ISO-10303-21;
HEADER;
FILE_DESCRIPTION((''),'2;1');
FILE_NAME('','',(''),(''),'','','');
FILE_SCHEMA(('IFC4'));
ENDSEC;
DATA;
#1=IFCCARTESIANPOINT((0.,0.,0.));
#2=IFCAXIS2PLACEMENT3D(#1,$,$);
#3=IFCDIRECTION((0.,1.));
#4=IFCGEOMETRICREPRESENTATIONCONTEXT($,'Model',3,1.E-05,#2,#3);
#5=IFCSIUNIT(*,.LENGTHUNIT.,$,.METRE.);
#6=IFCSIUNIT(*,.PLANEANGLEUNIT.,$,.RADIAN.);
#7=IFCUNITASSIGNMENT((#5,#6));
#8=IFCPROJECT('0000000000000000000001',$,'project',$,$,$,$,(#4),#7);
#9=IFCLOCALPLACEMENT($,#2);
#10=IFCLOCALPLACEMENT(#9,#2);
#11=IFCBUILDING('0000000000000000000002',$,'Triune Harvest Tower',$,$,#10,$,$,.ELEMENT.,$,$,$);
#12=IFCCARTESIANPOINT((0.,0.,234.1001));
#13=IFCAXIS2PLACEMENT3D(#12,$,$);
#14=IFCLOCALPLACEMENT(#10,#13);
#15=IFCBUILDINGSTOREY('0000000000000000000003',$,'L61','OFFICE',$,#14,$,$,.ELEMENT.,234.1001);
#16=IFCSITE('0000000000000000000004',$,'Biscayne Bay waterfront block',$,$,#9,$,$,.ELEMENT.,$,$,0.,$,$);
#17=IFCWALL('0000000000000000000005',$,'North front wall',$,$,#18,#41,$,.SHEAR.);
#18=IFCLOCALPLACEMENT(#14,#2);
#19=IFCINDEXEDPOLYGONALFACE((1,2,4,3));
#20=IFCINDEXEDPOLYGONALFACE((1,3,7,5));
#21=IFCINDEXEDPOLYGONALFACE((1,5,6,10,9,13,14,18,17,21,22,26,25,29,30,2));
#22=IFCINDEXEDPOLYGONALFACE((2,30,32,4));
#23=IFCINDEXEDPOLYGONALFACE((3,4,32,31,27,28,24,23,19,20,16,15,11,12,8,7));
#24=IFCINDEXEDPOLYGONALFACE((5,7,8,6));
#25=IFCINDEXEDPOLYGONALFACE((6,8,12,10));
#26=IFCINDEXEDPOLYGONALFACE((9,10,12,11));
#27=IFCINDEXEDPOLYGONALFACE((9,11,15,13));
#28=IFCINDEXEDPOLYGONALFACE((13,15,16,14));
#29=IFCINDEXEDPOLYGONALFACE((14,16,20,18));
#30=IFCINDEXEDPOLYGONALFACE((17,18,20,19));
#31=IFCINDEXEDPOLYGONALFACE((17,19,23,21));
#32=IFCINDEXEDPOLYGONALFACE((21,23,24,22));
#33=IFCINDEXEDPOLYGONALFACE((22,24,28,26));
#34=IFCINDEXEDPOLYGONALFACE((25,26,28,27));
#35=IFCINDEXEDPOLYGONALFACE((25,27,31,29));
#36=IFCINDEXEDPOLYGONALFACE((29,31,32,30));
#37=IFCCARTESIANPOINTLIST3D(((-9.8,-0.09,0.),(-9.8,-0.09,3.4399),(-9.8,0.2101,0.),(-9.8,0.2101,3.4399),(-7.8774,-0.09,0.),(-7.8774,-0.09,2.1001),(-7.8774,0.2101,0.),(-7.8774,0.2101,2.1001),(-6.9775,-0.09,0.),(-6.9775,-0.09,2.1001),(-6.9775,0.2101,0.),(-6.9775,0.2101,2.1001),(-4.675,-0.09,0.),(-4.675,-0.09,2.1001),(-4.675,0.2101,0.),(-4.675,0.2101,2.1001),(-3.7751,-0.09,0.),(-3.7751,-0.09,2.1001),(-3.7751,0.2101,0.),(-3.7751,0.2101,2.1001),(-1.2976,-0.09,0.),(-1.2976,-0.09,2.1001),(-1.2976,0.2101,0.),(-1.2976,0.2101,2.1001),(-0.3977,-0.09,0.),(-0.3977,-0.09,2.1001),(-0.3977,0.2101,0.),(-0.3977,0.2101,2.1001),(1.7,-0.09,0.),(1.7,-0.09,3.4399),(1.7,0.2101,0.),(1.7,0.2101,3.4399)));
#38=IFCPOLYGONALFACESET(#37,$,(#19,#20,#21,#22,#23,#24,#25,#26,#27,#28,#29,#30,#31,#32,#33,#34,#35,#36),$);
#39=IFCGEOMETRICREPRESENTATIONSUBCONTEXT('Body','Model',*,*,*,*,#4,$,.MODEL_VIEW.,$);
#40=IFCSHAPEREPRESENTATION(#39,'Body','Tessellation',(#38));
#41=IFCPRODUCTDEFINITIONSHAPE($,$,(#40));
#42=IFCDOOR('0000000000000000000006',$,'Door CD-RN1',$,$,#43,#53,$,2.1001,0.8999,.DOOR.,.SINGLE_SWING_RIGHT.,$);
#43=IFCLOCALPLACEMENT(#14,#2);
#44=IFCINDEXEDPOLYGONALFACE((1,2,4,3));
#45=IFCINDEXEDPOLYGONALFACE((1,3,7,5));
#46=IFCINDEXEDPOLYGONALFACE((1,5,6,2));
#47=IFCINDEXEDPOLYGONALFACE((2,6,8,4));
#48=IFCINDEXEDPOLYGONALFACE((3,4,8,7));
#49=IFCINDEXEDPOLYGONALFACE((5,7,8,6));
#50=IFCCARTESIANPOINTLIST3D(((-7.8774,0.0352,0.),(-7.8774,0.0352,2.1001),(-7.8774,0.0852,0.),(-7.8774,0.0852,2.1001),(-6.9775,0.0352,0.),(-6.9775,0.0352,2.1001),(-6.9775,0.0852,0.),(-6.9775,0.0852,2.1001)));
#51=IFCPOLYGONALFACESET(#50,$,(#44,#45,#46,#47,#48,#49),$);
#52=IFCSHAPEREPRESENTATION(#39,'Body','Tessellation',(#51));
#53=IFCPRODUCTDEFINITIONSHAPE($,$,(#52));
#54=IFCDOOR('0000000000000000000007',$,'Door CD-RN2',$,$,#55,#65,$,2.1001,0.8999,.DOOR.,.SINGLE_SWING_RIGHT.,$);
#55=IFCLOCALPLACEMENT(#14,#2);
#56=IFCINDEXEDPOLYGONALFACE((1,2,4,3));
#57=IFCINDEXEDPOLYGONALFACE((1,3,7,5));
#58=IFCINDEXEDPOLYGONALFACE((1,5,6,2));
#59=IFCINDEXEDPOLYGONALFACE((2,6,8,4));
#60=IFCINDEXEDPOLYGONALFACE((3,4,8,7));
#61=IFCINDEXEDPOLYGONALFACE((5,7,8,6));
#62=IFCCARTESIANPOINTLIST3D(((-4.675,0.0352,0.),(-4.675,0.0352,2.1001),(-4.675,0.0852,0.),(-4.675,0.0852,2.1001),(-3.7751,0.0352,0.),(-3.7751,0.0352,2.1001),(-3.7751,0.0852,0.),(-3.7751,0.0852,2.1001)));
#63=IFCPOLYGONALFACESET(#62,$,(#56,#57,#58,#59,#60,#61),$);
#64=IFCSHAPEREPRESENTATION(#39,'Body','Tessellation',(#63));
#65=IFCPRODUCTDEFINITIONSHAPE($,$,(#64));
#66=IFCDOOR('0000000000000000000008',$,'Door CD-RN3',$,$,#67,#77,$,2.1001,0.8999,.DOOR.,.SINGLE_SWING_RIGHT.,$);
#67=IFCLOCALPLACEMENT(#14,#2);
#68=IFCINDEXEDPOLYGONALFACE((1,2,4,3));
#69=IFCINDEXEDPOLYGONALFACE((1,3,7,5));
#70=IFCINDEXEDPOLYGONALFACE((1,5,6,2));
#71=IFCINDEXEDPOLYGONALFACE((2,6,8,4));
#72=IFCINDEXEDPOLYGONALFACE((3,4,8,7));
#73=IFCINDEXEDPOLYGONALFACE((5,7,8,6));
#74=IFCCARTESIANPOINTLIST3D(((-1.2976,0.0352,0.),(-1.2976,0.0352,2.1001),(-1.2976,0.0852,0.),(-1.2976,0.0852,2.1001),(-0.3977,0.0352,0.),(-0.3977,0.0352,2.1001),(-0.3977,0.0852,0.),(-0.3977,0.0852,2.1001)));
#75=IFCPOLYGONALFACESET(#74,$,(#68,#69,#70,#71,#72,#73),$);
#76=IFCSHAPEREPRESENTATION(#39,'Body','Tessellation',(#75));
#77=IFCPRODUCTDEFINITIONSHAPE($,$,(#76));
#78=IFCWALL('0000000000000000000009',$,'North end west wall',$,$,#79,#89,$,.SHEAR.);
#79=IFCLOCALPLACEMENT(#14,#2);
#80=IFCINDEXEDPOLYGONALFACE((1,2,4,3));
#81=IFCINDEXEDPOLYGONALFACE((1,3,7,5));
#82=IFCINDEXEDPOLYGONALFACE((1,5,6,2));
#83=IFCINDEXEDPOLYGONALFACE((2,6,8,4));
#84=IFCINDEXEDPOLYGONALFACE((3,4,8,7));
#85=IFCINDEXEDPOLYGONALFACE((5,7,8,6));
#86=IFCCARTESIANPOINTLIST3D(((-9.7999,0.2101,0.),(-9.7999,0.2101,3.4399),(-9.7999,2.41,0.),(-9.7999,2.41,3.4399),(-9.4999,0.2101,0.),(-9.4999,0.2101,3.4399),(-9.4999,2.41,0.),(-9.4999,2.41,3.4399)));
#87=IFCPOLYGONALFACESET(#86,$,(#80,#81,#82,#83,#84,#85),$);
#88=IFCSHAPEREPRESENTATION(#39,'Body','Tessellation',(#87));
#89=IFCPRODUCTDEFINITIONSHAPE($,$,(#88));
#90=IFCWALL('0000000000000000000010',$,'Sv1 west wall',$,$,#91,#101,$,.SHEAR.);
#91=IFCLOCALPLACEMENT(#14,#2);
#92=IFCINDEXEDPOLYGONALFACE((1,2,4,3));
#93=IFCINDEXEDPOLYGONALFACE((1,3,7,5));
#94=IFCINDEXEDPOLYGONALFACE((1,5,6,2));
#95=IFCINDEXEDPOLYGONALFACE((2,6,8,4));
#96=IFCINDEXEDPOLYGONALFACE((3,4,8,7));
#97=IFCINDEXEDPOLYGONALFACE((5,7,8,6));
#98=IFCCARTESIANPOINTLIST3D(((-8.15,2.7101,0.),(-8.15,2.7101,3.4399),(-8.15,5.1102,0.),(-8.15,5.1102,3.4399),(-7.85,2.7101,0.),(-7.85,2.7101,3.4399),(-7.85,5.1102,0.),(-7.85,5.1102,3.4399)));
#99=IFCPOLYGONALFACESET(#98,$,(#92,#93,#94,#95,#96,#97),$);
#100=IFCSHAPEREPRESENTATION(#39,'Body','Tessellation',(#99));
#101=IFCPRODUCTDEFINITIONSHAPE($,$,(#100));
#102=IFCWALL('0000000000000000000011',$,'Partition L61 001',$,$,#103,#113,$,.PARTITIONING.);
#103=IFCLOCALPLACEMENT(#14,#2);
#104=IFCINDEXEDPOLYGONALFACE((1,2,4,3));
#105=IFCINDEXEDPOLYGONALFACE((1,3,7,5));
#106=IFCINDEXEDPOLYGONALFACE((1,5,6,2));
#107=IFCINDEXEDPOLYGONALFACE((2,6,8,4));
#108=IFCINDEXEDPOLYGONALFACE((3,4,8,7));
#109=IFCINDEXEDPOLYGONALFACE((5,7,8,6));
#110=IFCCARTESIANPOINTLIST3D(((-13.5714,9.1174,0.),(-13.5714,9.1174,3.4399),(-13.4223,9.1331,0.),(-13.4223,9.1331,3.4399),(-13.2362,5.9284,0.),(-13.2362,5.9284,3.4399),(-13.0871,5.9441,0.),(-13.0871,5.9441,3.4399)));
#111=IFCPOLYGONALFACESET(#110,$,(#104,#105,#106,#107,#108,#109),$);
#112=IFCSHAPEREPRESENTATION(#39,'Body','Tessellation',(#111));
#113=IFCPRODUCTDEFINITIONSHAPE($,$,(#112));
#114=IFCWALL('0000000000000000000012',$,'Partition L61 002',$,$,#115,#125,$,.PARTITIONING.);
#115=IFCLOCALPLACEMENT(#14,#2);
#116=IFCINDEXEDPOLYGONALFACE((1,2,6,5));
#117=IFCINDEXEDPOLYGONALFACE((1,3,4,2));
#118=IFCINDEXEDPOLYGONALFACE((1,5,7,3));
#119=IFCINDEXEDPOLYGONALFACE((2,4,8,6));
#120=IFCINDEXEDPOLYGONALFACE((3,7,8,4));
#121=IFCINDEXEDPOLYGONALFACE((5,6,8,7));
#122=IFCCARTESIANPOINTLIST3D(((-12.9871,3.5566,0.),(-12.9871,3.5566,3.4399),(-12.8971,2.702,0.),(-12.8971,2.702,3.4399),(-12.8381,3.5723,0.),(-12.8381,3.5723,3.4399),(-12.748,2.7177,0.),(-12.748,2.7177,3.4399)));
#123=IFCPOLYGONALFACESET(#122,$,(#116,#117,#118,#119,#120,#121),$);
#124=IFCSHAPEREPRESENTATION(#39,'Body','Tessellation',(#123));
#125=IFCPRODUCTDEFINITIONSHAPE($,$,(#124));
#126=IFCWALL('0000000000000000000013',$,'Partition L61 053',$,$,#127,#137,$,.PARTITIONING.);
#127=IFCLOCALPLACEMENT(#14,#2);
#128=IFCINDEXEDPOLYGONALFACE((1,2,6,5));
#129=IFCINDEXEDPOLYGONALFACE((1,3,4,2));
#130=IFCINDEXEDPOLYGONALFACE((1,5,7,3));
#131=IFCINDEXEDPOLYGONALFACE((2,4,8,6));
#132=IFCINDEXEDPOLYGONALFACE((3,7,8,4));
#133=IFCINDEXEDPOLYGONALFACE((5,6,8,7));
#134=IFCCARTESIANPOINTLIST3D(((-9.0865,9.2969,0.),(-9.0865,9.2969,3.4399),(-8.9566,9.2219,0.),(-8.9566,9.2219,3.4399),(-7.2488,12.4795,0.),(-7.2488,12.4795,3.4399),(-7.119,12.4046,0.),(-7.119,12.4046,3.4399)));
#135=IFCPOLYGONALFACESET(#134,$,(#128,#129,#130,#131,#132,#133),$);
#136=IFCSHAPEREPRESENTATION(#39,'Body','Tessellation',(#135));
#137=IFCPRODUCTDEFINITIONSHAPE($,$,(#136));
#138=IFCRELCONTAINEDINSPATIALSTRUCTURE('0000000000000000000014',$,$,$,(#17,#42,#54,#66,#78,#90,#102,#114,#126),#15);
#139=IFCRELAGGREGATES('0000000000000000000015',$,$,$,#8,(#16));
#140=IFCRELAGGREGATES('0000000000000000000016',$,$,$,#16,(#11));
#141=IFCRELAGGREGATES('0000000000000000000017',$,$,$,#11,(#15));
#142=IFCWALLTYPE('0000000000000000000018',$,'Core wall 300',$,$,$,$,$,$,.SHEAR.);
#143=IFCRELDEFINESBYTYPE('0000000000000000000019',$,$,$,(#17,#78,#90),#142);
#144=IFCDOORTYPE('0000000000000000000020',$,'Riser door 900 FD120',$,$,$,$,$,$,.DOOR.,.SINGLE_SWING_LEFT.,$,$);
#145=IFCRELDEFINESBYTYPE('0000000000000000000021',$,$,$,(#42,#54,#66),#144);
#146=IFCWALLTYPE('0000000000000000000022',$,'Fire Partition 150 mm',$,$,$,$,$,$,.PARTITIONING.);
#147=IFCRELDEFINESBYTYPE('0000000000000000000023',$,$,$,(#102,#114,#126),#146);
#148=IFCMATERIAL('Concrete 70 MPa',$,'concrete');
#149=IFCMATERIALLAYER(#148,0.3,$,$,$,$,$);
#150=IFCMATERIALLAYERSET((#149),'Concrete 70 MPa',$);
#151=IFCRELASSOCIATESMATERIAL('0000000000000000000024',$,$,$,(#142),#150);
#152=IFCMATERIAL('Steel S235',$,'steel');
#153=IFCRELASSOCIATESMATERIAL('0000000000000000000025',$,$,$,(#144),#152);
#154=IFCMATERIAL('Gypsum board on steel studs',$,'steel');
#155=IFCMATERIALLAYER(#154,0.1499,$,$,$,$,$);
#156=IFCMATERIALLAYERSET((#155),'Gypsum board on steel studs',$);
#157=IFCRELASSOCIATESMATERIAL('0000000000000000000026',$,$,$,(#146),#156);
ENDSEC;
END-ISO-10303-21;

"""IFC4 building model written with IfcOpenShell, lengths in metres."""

from ifc_helpers import new_model, si_unit, direction, frame, frame_2d, origin, place, context, subcontext, project, spatial, rectangle, extrude, source, transform, mapped, material, layer, layer_set, type_object, element, fill, save


model = new_model("IFC4")

# Units and contexts
model_context = context("Model", 3, precision=1e-05, world=origin(), true_north=direction((0.0, 1.0)))
body_context = subcontext(model_context, "Body", "Model", "MODEL_VIEW")
ifc_project = project(units=[si_unit("LENGTHUNIT", "METRE"), si_unit("PLANEANGLEUNIT", "RADIAN")], contexts=[model_context])

# Site, building, storey
site_placement = place(None, origin())
site = spatial("IfcSite", under=ifc_project, at=site_placement, Name="Biscayne Bay waterfront block", CompositionType="ELEMENT", RefElevation=0.0)
building_placement = place(site_placement, origin())
building = spatial("IfcBuilding", under=site, at=building_placement, Name="Triune Harvest Tower", CompositionType="ELEMENT")
storey_placement = place(building_placement, frame((0.0, 0.0, 234.1001)))
storey = spatial("IfcBuildingStorey", under=building, at=storey_placement, Name="L61", Description="OFFICE", CompositionType="ELEMENT", Elevation=234.1001)

# Wall, openings, doors
ifc_material_1 = material(Name="Concrete 70 MPa", Category="concrete")
ifc_layer_1 = layer(ifc_material_1, 0.3)
ifc_layer_set_1 = layer_set([ifc_layer_1], Name="Concrete 70 MPa")
wall_type_1 = type_object("IfcWallType", Name="Core wall 300", PredefinedType="SHEAR", material=ifc_layer_set_1)
shared_shape_1 = source(origin(), body_context, "Body", "SweptSolid", [
    extrude(rectangle(XDim=11.5, YDim=0.3, at=frame_2d((5.75, 0.0))), origin(), (0.0, 0.0, 1.0), 3.4399),
])
wall_1_placement = place(storey_placement, frame((-9.8, 0.0601, 0.0), z_axis=(0.0, 0.0, 1.0), x_axis=(1.0, 0.0, 0.0)))
wall_1 = element("IfcWall", 1, at=wall_1_placement, inside=storey, type_object=wall_type_1, Name="North front wall", PredefinedType="SHEAR", context=body_context, shape_type="MappedRepresentation", body=[
    mapped(shared_shape_1, transform((0.0, 0.0, 0.0), scale=1.0)),
])
opening_1_placement = place(wall_1_placement, frame((1.9226, 0.0, 0.0)))
opening_1 = element("IfcOpeningElement", 2, at=opening_1_placement, cuts=wall_1, PredefinedType="OPENING", context=body_context, shape_type="SweptSolid", body=[
    extrude(rectangle(XDim=0.8999, YDim=2.1001, at=frame_2d((0.45, 1.05))), frame((0.0, 0.1602, 0.0), z_axis=(0.0, -1.0, 0.0), x_axis=(1.0, 0.0, 0.0)), (0.0, 0.0, 1.0), 0.3201),
])
opening_2_placement = place(wall_1_placement, frame((5.125, 0.0, 0.0)))
opening_2 = element("IfcOpeningElement", 3, at=opening_2_placement, cuts=wall_1, PredefinedType="OPENING", context=body_context, shape_type="SweptSolid", body=[
    extrude(rectangle(XDim=0.8999, YDim=2.1001, at=frame_2d((0.45, 1.05))), frame((0.0, 0.1602, 0.0), z_axis=(0.0, -1.0, 0.0), x_axis=(1.0, 0.0, 0.0)), (0.0, 0.0, 1.0), 0.3201),
])
opening_3_placement = place(wall_1_placement, frame((8.5024, 0.0, 0.0)))
opening_3 = element("IfcOpeningElement", 4, at=opening_3_placement, cuts=wall_1, PredefinedType="OPENING", context=body_context, shape_type="SweptSolid", body=[
    extrude(rectangle(XDim=0.8999, YDim=2.1001, at=frame_2d((0.45, 1.05))), frame((0.0, 0.1602, 0.0), z_axis=(0.0, -1.0, 0.0), x_axis=(1.0, 0.0, 0.0)), (0.0, 0.0, 1.0), 0.3201),
])
ifc_material_2 = material(Name="Steel S235", Category="steel")
door_type_1 = type_object("IfcDoorType", Name="Riser door 900 FD120", OperationType="SINGLE_SWING_LEFT", PredefinedType="DOOR", material=ifc_material_2)
door_1_placement = place(opening_1_placement, frame((0.8999, 0.0, 0.0), z_axis=(0.0, 0.0, 1.0), x_axis=(-1.0, 0.0, 0.0)))
door_1 = element("IfcDoor", 5, at=door_1_placement, inside=storey, type_object=door_type_1, Name="Door CD-RN1", OperationType="SINGLE_SWING_RIGHT", OverallHeight=2.1001, OverallWidth=0.8999, PredefinedType="DOOR", context=body_context, shape_type="SweptSolid", body=[
    extrude(rectangle(XDim=0.8999, YDim=2.1001, at=frame_2d((0.45, 1.05))), frame((0.0, 0.0249, 0.0), z_axis=(0.0, -1.0, 0.0), x_axis=(1.0, 0.0, 0.0)), (0.0, 0.0, 1.0), 0.05),
])
fill(opening_1, door_1)
door_2_placement = place(opening_2_placement, frame((0.8999, 0.0, 0.0), z_axis=(0.0, 0.0, 1.0), x_axis=(-1.0, 0.0, 0.0)))
door_2 = element("IfcDoor", 6, at=door_2_placement, inside=storey, type_object=door_type_1, Name="Door CD-RN2", OperationType="SINGLE_SWING_RIGHT", OverallHeight=2.1001, OverallWidth=0.8999, PredefinedType="DOOR", context=body_context, shape_type="SweptSolid", body=[
    extrude(rectangle(XDim=0.8999, YDim=2.1001, at=frame_2d((0.45, 1.05))), frame((0.0, 0.0249, 0.0), z_axis=(0.0, -1.0, 0.0), x_axis=(1.0, 0.0, 0.0)), (0.0, 0.0, 1.0), 0.05),
])
fill(opening_2, door_2)
door_3_placement = place(opening_3_placement, frame((0.8999, 0.0, 0.0), z_axis=(0.0, 0.0, 1.0), x_axis=(-1.0, 0.0, 0.0)))
door_3 = element("IfcDoor", 7, at=door_3_placement, inside=storey, type_object=door_type_1, Name="Door CD-RN3", OperationType="SINGLE_SWING_RIGHT", OverallHeight=2.1001, OverallWidth=0.8999, PredefinedType="DOOR", context=body_context, shape_type="SweptSolid", body=[
    extrude(rectangle(XDim=0.8999, YDim=2.1001, at=frame_2d((0.45, 1.05))), frame((0.0, 0.0249, 0.0), z_axis=(0.0, -1.0, 0.0), x_axis=(1.0, 0.0, 0.0)), (0.0, 0.0, 1.0), 0.05),
])
fill(opening_3, door_3)

# Walls
shared_shape_2 = source(origin(), body_context, "Body", "SweptSolid", [
    extrude(rectangle(XDim=2.2, YDim=0.3, at=frame_2d((1.1001, 0.0))), origin(), (0.0, 0.0, 1.0), 3.4399),
])
wall_2_placement = place(storey_placement, frame((-9.6499, 0.21, 0.0), z_axis=(0.0, 0.0, 1.0), x_axis=(0.0, 1.0, 0.0)))
element("IfcWall", 8, at=wall_2_placement, inside=storey, type_object=wall_type_1, Name="North end west wall", PredefinedType="SHEAR", context=body_context, shape_type="MappedRepresentation", body=[
    mapped(shared_shape_2, transform((0.0, 0.0, 0.0), scale=1.0)),
])
shared_shape_3 = source(origin(), body_context, "Body", "SweptSolid", [
    extrude(rectangle(XDim=2.4001, YDim=0.3, at=frame_2d((1.2002, 0.0))), origin(), (0.0, 0.0, 1.0), 3.4399),
])
wall_3_placement = place(storey_placement, frame((-8.0, 2.71, 0.0), z_axis=(0.0, 0.0, 1.0), x_axis=(0.0, 1.0, 0.0)))
element("IfcWall", 9, at=wall_3_placement, inside=storey, type_object=wall_type_1, Name="Sv1 west wall", PredefinedType="SHEAR", context=body_context, shape_type="MappedRepresentation", body=[
    mapped(shared_shape_3, transform((0.0, 0.0, 0.0), scale=1.0)),
])
ifc_material_3 = material(Name="Gypsum board on steel studs", Category="steel")
ifc_layer_2 = layer(ifc_material_3, 0.1499)
ifc_layer_set_2 = layer_set([ifc_layer_2], Name="Gypsum board on steel studs")
wall_type_2 = type_object("IfcWallType", Name="Fire Partition 150 mm", PredefinedType="PARTITIONING", material=ifc_layer_set_2)
shared_shape_4 = source(origin(), body_context, "Body", "SweptSolid", [
    extrude(rectangle(XDim=3.2065, YDim=0.1499, at=frame_2d((1.6033, 0.0))), origin(), (0.0, 0.0, 1.0), 3.4399),
])
wall_4_placement = place(storey_placement, frame((-13.4968, 9.1252, 0.0), z_axis=(0.0, 0.0, 1.0), x_axis=(0.104538, -0.994521, 0.0)))
element("IfcWall", 10, at=wall_4_placement, inside=storey, type_object=wall_type_2, Name="Partition L61 001", PredefinedType="PARTITIONING", context=body_context, shape_type="MappedRepresentation", body=[
    mapped(shared_shape_4, transform((0.0, 0.0, 0.0), scale=1.0)),
])
shared_shape_5 = source(origin(), body_context, "Body", "SweptSolid", [
    extrude(rectangle(XDim=0.8594, YDim=0.1499, at=frame_2d((0.4297, 0.0))), origin(), (0.0, 0.0, 1.0), 3.4399),
])
wall_5_placement = place(storey_placement, frame((-12.9126, 3.5645, 0.0), z_axis=(0.0, 0.0, 1.0), x_axis=(0.104818, -0.994491, 0.0)))
element("IfcWall", 11, at=wall_5_placement, inside=storey, type_object=wall_type_2, Name="Partition L61 002", PredefinedType="PARTITIONING", context=body_context, shape_type="MappedRepresentation", body=[
    mapped(shared_shape_5, transform((0.0, 0.0, 0.0), scale=1.0)),
])
shared_shape_6 = source(origin(), body_context, "Body", "SweptSolid", [
    extrude(rectangle(XDim=3.675, YDim=0.1499, at=frame_2d((1.8374, 0.0))), origin(), (0.0, 0.0, 1.0), 3.4399),
])
wall_6_placement = place(storey_placement, frame((-9.0215, 9.2595, 0.0), z_axis=(0.0, 0.0, 1.0), x_axis=(0.500033, 0.866006, 0.0)))
element("IfcWall", 12, at=wall_6_placement, inside=storey, type_object=wall_type_2, Name="Partition L61 053", PredefinedType="PARTITIONING", context=body_context, shape_type="MappedRepresentation", body=[
    mapped(shared_shape_6, transform((0.0, 0.0, 0.0), scale=1.0)),
])

save(model, "model.ifc")
